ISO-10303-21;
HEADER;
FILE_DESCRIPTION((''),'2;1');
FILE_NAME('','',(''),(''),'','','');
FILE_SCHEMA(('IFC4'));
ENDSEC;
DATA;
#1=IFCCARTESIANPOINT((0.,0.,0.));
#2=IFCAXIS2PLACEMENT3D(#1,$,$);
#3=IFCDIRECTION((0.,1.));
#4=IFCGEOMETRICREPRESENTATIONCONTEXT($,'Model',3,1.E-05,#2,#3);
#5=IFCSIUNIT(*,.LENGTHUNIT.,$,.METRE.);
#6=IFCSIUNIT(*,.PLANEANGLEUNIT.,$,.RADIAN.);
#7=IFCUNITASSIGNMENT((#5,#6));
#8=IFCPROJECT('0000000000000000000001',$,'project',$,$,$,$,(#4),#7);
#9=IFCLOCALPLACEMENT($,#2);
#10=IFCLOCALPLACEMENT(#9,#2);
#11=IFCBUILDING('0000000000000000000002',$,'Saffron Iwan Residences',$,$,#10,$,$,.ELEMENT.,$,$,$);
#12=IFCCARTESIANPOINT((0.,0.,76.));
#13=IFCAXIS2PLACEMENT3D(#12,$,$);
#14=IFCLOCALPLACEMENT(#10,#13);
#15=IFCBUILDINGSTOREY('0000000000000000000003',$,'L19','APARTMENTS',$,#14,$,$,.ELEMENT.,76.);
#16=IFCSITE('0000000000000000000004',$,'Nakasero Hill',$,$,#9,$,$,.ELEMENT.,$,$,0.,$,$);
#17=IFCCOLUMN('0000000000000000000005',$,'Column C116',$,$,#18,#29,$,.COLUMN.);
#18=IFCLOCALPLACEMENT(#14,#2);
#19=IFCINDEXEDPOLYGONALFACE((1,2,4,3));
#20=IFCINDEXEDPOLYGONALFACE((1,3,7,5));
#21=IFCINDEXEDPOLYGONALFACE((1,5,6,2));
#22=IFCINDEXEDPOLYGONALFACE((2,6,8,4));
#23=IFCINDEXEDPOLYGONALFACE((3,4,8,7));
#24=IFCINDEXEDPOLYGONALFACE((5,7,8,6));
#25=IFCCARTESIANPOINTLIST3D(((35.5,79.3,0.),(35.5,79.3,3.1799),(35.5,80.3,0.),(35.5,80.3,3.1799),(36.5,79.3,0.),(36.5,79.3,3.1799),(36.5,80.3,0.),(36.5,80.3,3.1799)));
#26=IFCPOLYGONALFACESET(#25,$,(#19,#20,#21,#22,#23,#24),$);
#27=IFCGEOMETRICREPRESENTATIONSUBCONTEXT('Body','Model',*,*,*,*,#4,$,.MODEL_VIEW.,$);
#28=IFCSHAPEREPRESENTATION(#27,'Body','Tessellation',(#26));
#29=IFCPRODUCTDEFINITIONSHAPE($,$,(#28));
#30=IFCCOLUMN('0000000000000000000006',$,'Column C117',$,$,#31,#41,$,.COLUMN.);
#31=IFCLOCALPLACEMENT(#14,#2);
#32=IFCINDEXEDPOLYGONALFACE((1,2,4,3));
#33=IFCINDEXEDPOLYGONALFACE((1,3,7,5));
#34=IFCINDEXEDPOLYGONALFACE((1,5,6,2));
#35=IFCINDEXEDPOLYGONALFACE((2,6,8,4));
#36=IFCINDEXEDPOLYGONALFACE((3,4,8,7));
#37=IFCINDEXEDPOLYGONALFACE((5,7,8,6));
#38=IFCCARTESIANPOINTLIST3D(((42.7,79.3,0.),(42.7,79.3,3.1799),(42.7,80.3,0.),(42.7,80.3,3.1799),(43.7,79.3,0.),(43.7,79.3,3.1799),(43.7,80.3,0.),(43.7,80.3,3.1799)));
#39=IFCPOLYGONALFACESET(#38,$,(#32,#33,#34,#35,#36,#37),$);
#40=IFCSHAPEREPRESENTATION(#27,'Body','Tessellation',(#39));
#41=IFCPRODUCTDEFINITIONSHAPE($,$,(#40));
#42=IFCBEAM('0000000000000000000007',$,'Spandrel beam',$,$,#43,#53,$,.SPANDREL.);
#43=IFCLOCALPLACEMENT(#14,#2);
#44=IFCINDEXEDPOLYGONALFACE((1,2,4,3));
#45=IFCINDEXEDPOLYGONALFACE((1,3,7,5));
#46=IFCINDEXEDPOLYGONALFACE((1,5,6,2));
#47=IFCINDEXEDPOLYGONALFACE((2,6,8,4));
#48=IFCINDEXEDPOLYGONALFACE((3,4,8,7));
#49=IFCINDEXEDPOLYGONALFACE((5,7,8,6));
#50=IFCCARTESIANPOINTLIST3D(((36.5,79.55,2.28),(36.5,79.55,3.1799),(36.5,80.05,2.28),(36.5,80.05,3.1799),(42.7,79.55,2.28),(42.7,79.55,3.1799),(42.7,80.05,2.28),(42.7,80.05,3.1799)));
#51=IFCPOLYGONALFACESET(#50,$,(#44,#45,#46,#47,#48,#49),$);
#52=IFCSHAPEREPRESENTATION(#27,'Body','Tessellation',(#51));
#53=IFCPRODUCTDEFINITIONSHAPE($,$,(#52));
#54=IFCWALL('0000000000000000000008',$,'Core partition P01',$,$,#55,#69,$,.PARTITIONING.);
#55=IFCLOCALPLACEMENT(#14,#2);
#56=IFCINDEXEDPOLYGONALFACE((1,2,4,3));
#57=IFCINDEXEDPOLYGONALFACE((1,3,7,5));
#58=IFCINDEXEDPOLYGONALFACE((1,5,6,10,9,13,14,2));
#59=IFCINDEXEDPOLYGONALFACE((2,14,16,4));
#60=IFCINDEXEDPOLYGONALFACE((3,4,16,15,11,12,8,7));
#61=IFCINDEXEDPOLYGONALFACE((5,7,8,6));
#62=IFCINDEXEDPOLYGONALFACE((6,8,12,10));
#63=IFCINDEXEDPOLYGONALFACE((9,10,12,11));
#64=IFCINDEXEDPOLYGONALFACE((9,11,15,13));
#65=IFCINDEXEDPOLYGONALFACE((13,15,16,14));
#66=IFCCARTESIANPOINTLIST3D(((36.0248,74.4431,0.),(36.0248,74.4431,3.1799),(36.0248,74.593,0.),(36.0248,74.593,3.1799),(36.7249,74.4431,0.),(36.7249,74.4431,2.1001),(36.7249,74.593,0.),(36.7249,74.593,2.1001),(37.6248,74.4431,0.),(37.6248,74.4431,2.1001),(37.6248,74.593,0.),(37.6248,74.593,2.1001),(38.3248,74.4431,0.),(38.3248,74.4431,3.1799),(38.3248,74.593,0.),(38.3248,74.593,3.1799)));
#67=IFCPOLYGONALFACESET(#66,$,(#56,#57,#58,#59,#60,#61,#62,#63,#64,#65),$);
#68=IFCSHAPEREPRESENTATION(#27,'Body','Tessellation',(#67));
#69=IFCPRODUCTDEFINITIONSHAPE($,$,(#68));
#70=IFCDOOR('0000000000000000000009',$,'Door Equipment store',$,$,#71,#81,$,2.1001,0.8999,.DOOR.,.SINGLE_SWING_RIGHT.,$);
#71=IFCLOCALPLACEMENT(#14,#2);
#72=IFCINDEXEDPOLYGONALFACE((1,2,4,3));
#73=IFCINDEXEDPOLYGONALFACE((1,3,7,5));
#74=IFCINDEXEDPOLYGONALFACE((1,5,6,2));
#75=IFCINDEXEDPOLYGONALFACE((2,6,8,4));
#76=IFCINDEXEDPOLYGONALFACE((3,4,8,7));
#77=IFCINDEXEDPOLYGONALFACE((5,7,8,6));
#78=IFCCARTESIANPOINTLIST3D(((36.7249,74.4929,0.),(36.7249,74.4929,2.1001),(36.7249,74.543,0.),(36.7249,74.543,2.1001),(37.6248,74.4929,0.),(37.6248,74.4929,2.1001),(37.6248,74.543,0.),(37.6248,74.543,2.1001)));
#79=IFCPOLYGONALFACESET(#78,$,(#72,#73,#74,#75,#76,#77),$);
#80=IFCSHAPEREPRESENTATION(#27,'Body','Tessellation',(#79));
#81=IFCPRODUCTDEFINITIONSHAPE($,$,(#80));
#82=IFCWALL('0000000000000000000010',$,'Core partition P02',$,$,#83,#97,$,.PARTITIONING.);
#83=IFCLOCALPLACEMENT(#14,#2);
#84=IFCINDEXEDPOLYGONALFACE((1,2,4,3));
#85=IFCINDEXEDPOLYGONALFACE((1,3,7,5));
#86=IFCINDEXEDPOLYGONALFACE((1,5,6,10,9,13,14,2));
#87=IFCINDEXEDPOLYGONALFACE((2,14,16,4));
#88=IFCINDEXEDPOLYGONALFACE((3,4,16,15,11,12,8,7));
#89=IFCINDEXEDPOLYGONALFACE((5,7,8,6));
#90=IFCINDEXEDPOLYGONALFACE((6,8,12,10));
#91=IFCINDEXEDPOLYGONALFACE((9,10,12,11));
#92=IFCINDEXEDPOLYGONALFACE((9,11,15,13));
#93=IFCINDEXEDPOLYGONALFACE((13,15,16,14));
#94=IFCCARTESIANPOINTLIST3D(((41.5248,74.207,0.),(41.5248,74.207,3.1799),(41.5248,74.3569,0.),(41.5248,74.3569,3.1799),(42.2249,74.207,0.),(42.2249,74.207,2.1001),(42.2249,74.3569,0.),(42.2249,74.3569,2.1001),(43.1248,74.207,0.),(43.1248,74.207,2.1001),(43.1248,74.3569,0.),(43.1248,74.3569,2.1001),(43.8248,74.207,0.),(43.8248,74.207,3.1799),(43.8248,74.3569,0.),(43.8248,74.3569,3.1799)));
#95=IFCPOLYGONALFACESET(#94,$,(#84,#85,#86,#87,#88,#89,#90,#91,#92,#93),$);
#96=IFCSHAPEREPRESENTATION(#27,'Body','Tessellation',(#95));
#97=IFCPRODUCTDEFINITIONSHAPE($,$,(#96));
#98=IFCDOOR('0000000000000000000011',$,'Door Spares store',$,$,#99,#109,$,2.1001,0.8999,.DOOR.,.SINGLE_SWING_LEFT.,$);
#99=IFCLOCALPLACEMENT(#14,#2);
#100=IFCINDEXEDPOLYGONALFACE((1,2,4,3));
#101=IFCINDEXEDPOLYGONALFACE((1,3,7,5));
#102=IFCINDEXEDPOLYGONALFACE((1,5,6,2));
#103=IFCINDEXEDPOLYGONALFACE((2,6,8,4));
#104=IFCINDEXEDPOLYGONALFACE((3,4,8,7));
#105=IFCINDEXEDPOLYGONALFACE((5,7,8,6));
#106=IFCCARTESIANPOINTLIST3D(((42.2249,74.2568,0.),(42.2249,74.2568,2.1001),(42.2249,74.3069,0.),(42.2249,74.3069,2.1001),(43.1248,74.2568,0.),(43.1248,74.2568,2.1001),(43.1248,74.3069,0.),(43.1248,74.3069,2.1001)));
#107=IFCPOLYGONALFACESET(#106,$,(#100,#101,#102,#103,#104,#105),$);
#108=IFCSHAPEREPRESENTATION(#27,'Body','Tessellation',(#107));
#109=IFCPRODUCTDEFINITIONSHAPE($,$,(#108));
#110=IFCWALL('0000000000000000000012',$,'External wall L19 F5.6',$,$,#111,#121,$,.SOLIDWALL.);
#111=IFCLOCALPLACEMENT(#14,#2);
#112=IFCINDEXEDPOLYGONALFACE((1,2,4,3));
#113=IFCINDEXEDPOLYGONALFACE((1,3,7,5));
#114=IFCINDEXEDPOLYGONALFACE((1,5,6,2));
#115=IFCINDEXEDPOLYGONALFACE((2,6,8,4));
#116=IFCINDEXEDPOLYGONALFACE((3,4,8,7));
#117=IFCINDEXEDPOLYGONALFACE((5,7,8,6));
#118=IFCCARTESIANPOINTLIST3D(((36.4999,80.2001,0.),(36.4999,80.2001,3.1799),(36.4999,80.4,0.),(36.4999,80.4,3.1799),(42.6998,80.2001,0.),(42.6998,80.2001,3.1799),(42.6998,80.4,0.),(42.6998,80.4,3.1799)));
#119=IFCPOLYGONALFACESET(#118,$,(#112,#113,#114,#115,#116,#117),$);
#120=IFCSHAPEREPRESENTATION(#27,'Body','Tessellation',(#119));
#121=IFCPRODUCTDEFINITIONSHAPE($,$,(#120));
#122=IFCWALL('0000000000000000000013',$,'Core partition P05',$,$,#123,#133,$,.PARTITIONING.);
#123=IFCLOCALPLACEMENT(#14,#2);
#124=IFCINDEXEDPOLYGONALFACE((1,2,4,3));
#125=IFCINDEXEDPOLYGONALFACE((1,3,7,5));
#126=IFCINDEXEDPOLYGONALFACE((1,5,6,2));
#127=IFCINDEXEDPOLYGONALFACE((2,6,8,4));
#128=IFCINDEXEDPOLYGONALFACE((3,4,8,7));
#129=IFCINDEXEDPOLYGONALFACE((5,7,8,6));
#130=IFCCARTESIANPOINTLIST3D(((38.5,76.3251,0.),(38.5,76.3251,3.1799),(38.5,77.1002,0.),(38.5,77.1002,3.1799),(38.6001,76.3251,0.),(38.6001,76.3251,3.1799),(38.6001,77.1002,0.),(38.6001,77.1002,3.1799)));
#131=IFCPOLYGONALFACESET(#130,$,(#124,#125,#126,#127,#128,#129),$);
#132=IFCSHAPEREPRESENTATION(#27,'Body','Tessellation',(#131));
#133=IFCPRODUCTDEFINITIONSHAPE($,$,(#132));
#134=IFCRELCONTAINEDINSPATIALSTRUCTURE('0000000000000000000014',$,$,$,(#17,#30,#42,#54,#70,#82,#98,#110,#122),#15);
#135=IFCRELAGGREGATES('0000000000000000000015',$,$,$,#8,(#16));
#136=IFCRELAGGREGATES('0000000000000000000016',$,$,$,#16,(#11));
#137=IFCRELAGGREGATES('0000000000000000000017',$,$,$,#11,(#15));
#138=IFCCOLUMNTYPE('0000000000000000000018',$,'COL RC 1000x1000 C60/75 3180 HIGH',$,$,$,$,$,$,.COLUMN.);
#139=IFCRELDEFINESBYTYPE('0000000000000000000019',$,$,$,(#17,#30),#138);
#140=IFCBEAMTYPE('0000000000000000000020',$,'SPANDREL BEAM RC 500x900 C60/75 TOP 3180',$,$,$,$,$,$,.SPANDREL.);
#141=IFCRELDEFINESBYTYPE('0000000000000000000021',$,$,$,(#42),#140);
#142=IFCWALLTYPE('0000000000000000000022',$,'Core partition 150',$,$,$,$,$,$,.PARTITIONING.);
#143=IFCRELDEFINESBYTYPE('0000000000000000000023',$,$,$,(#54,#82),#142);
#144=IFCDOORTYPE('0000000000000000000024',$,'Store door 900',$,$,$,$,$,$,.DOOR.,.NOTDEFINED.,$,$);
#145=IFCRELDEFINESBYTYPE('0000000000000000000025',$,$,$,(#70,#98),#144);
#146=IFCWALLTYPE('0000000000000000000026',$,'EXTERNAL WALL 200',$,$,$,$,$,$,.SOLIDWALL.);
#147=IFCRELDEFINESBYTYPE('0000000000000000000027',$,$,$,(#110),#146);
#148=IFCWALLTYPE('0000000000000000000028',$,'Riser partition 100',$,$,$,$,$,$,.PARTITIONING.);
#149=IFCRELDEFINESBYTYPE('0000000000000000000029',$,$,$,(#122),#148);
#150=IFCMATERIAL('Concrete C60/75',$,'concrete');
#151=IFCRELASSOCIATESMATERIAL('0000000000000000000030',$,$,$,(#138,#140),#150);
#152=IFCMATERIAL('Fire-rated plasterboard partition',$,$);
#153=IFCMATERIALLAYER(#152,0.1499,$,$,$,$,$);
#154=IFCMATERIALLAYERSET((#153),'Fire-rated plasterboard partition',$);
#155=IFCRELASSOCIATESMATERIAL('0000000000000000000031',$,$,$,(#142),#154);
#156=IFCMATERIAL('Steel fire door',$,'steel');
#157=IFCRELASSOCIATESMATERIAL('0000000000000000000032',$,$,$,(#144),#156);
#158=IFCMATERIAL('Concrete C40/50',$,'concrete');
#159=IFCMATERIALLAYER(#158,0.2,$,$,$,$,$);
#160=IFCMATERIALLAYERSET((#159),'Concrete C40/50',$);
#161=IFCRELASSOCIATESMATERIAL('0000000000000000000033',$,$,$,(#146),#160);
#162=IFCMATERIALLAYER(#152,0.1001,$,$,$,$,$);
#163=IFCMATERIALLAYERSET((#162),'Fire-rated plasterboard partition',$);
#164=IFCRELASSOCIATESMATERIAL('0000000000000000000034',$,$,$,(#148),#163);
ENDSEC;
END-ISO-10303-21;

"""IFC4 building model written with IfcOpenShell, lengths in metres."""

from ifc_helpers import new_model, si_unit, direction, frame, frame_2d, origin, origin_2d, place, context, subcontext, project, spatial, rectangle, extrude, source, transform, mapped, material, layer, layer_set, material_profile, profile_set, type_object, element, fill, save


model = new_model("IFC4")

# Units and contexts
model_context = context("Model", 3, precision=1e-05, world=origin(), true_north=direction((0.0, 1.0)))
body_context = subcontext(model_context, "Body", "Model", "MODEL_VIEW")
ifc_project = project(units=[si_unit("LENGTHUNIT", "METRE"), si_unit("PLANEANGLEUNIT", "RADIAN")], contexts=[model_context])

# Site, building, storey
site_placement = place(None, origin())
site = spatial("IfcSite", under=ifc_project, at=site_placement, Name="Nakasero Hill", CompositionType="ELEMENT", RefElevation=0.0)
building_placement = place(site_placement, origin())
building = spatial("IfcBuilding", under=site, at=building_placement, Name="Saffron Iwan Residences", CompositionType="ELEMENT")
storey_placement = place(building_placement, frame((0.0, 0.0, 76.0)))
storey = spatial("IfcBuildingStorey", under=building, at=storey_placement, Name="L19", Description="APARTMENTS", CompositionType="ELEMENT", Elevation=76.0)

# Columns
ifc_material_1 = material(Name="Concrete C60/75", Category="concrete")
ifc_material_profile_1 = material_profile(ifc_material_1, rectangle(XDim=1.0, YDim=1.0, at=origin_2d()), Name="RC 1000x1000")
ifc_profile_set_1 = profile_set([ifc_material_profile_1], Name="Concrete C60/75")
column_type = type_object("IfcColumnType", Name="COL RC 1000x1000 C60/75 3180 HIGH", PredefinedType="COLUMN", material=ifc_profile_set_1)
shared_shape_1 = source(origin(), body_context, "Body", "SweptSolid", [
    extrude(rectangle(XDim=1.0, YDim=1.0, at=origin_2d()), origin(), (0.0, 0.0, 1.0), 3.1799),
])
for number, where, z_axis, x_axis, name in (
    (1, (36.0, 79.8, 0.0), (0.0, 0.0, 1.0), (1.0, 0.0, 0.0), "Column C116"),
    (2, (43.2, 79.8, 0.0), (0.0, 0.0, 1.0), (1.0, 0.0, 0.0), "Column C117"),
):
    element("IfcColumn", number, at=place(storey_placement, frame(where, z_axis=z_axis, x_axis=x_axis)), inside=storey, type_object=column_type, Name=name, PredefinedType="COLUMN", context=body_context, shape_type="MappedRepresentation", body=[
        mapped(shared_shape_1, transform((0.0, 0.0, 0.0))),
    ])

# Beam
ifc_material_profile_2 = material_profile(ifc_material_1, rectangle(XDim=0.5, YDim=0.8999, at=origin_2d()), Name="RC 500x900")
ifc_profile_set_2 = profile_set([ifc_material_profile_2], Name="Concrete C60/75")
beam_type = type_object("IfcBeamType", Name="SPANDREL BEAM RC 500x900 C60/75 TOP 3180", PredefinedType="SPANDREL", material=ifc_profile_set_2)
shared_shape_2 = source(origin(), body_context, "Body", "SweptSolid", [
    extrude(rectangle(XDim=0.5, YDim=0.8999, at=origin_2d()), origin(), (0.0, 0.0, 1.0), 6.2),
])
beam_placement = place(storey_placement, frame((36.5, 79.8, 2.73), z_axis=(1.0, 0.0, 0.0), x_axis=(0.0, 1.0, 0.0)))
element("IfcBeam", 3, at=beam_placement, inside=storey, type_object=beam_type, Name="Spandrel beam", PredefinedType="SPANDREL", context=body_context, shape_type="MappedRepresentation", body=[
    mapped(shared_shape_2, transform((0.0, 0.0, 0.0))),
])

# Walls, openings, doors
ifc_material_2 = material(Name="Fire-rated plasterboard partition")
ifc_layer_1 = layer(ifc_material_2, 0.1499)
ifc_layer_set_1 = layer_set([ifc_layer_1], Name="Fire-rated plasterboard partition")
wall_type_1 = type_object("IfcWallType", Name="Core partition 150", PredefinedType="PARTITIONING", material=ifc_layer_set_1)
wall_1_placement = place(storey_placement, frame((36.0249, 74.5181, 0.0), z_axis=(0.0, 0.0, 1.0), x_axis=(1.0, 0.0, 0.0)))
wall_1 = element("IfcWall", 4, at=wall_1_placement, inside=storey, type_object=wall_type_1, Name="Core partition P01", PredefinedType="PARTITIONING", context=body_context, shape_type="SweptSolid", body=[
    extrude(rectangle(XDim=2.3, YDim=0.1499, at=frame_2d((1.1499, 0.0))), origin(), (0.0, 0.0, 1.0), 3.1799),
])
opening_1_placement = place(wall_1_placement, frame((0.7, 0.0, 0.0)))
opening_1 = element("IfcOpeningElement", 5, at=opening_1_placement, cuts=wall_1, PredefinedType="OPENING", context=body_context, shape_type="SweptSolid", body=[
    extrude(rectangle(XDim=0.8999, YDim=2.1001, at=frame_2d((0.45, 1.05))), frame((0.0, 0.085, 0.0), z_axis=(0.0, -1.0, 0.0), x_axis=(1.0, 0.0, 0.0)), (0.0, 0.0, 1.0), 0.1699),
])
ifc_material_3 = material(Name="Steel fire door", Category="steel")
door_type_1 = type_object("IfcDoorType", Name="Store door 900", OperationType="NOTDEFINED", PredefinedType="DOOR", material=ifc_material_3)
door_1_placement = place(opening_1_placement, origin())
door_1 = element("IfcDoor", 6, at=door_1_placement, inside=storey, type_object=door_type_1, Name="Door Equipment store", OperationType="SINGLE_SWING_RIGHT", OverallHeight=2.1001, OverallWidth=0.8999, PredefinedType="DOOR", context=body_context, shape_type="SweptSolid", body=[
    extrude(rectangle(XDim=0.8999, YDim=2.1001, at=frame_2d((0.45, 1.05))), frame((0.0, 0.0249, 0.0), z_axis=(0.0, -1.0, 0.0), x_axis=(1.0, 0.0, 0.0)), (0.0, 0.0, 1.0), 0.05),
])
fill(opening_1, door_1)
wall_2_placement = place(storey_placement, frame((41.5249, 74.282, 0.0), z_axis=(0.0, 0.0, 1.0), x_axis=(1.0, 0.0, 0.0)))
wall_2 = element("IfcWall", 7, at=wall_2_placement, inside=storey, type_object=wall_type_1, Name="Core partition P02", PredefinedType="PARTITIONING", context=body_context, shape_type="SweptSolid", body=[
    extrude(rectangle(XDim=2.3, YDim=0.1499, at=frame_2d((1.1499, 0.0))), origin(), (0.0, 0.0, 1.0), 3.1799),
])
opening_2_placement = place(wall_2_placement, frame((0.7, 0.0, 0.0)))
opening_2 = element("IfcOpeningElement", 8, at=opening_2_placement, cuts=wall_2, PredefinedType="OPENING", context=body_context, shape_type="SweptSolid", body=[
    extrude(rectangle(XDim=0.8999, YDim=2.1001, at=frame_2d((0.45, 1.05))), frame((0.0, 0.085, 0.0), z_axis=(0.0, -1.0, 0.0), x_axis=(1.0, 0.0, 0.0)), (0.0, 0.0, 1.0), 0.1699),
])
door_2_placement = place(opening_2_placement, origin())
door_2 = element("IfcDoor", 9, at=door_2_placement, inside=storey, type_object=door_type_1, Name="Door Spares store", OperationType="SINGLE_SWING_LEFT", OverallHeight=2.1001, OverallWidth=0.8999, PredefinedType="DOOR", context=body_context, shape_type="SweptSolid", body=[
    extrude(rectangle(XDim=0.8999, YDim=2.1001, at=frame_2d((0.45, 1.05))), frame((0.0, 0.0249, 0.0), z_axis=(0.0, -1.0, 0.0), x_axis=(1.0, 0.0, 0.0)), (0.0, 0.0, 1.0), 0.05),
])
fill(opening_2, door_2)

# Walls
ifc_material_4 = material(Name="Concrete C40/50", Category="concrete")
ifc_layer_2 = layer(ifc_material_4, 0.2)
ifc_layer_set_2 = layer_set([ifc_layer_2], Name="Concrete C40/50")
wall_type_2 = type_object("IfcWallType", Name="EXTERNAL WALL 200", PredefinedType="SOLIDWALL", material=ifc_layer_set_2)
wall_3_placement = place(storey_placement, frame((42.7, 80.3, 0.0), z_axis=(0.0, 0.0, 1.0), x_axis=(-1.0, 0.0, 0.0)))
element("IfcWall", 10, at=wall_3_placement, inside=storey, type_object=wall_type_2, Name="External wall L19 F5.6", PredefinedType="SOLIDWALL", context=body_context, shape_type="SweptSolid", body=[
    extrude(rectangle(XDim=6.2, YDim=0.2, at=frame_2d((3.1001, 0.0))), origin(), (0.0, 0.0, 1.0), 3.1799),
])
ifc_layer_3 = layer(ifc_material_2, 0.1001)
ifc_layer_set_3 = layer_set([ifc_layer_3], Name="Fire-rated plasterboard partition")
wall_type_3 = type_object("IfcWallType", Name="Riser partition 100", PredefinedType="PARTITIONING", material=ifc_layer_set_3)
wall_4_placement = place(storey_placement, frame((38.55, 76.325, 0.0), z_axis=(0.0, 0.0, 1.0), x_axis=(0.0, 1.0, 0.0)))
element("IfcWall", 11, at=wall_4_placement, inside=storey, type_object=wall_type_3, Name="Core partition P05", PredefinedType="PARTITIONING", context=body_context, shape_type="SweptSolid", body=[
    extrude(rectangle(XDim=0.7751, YDim=0.1001, at=frame_2d((0.3877, 0.0))), origin(), (0.0, 0.0, 1.0), 3.1799),
])

save(model, "model.ifc")
